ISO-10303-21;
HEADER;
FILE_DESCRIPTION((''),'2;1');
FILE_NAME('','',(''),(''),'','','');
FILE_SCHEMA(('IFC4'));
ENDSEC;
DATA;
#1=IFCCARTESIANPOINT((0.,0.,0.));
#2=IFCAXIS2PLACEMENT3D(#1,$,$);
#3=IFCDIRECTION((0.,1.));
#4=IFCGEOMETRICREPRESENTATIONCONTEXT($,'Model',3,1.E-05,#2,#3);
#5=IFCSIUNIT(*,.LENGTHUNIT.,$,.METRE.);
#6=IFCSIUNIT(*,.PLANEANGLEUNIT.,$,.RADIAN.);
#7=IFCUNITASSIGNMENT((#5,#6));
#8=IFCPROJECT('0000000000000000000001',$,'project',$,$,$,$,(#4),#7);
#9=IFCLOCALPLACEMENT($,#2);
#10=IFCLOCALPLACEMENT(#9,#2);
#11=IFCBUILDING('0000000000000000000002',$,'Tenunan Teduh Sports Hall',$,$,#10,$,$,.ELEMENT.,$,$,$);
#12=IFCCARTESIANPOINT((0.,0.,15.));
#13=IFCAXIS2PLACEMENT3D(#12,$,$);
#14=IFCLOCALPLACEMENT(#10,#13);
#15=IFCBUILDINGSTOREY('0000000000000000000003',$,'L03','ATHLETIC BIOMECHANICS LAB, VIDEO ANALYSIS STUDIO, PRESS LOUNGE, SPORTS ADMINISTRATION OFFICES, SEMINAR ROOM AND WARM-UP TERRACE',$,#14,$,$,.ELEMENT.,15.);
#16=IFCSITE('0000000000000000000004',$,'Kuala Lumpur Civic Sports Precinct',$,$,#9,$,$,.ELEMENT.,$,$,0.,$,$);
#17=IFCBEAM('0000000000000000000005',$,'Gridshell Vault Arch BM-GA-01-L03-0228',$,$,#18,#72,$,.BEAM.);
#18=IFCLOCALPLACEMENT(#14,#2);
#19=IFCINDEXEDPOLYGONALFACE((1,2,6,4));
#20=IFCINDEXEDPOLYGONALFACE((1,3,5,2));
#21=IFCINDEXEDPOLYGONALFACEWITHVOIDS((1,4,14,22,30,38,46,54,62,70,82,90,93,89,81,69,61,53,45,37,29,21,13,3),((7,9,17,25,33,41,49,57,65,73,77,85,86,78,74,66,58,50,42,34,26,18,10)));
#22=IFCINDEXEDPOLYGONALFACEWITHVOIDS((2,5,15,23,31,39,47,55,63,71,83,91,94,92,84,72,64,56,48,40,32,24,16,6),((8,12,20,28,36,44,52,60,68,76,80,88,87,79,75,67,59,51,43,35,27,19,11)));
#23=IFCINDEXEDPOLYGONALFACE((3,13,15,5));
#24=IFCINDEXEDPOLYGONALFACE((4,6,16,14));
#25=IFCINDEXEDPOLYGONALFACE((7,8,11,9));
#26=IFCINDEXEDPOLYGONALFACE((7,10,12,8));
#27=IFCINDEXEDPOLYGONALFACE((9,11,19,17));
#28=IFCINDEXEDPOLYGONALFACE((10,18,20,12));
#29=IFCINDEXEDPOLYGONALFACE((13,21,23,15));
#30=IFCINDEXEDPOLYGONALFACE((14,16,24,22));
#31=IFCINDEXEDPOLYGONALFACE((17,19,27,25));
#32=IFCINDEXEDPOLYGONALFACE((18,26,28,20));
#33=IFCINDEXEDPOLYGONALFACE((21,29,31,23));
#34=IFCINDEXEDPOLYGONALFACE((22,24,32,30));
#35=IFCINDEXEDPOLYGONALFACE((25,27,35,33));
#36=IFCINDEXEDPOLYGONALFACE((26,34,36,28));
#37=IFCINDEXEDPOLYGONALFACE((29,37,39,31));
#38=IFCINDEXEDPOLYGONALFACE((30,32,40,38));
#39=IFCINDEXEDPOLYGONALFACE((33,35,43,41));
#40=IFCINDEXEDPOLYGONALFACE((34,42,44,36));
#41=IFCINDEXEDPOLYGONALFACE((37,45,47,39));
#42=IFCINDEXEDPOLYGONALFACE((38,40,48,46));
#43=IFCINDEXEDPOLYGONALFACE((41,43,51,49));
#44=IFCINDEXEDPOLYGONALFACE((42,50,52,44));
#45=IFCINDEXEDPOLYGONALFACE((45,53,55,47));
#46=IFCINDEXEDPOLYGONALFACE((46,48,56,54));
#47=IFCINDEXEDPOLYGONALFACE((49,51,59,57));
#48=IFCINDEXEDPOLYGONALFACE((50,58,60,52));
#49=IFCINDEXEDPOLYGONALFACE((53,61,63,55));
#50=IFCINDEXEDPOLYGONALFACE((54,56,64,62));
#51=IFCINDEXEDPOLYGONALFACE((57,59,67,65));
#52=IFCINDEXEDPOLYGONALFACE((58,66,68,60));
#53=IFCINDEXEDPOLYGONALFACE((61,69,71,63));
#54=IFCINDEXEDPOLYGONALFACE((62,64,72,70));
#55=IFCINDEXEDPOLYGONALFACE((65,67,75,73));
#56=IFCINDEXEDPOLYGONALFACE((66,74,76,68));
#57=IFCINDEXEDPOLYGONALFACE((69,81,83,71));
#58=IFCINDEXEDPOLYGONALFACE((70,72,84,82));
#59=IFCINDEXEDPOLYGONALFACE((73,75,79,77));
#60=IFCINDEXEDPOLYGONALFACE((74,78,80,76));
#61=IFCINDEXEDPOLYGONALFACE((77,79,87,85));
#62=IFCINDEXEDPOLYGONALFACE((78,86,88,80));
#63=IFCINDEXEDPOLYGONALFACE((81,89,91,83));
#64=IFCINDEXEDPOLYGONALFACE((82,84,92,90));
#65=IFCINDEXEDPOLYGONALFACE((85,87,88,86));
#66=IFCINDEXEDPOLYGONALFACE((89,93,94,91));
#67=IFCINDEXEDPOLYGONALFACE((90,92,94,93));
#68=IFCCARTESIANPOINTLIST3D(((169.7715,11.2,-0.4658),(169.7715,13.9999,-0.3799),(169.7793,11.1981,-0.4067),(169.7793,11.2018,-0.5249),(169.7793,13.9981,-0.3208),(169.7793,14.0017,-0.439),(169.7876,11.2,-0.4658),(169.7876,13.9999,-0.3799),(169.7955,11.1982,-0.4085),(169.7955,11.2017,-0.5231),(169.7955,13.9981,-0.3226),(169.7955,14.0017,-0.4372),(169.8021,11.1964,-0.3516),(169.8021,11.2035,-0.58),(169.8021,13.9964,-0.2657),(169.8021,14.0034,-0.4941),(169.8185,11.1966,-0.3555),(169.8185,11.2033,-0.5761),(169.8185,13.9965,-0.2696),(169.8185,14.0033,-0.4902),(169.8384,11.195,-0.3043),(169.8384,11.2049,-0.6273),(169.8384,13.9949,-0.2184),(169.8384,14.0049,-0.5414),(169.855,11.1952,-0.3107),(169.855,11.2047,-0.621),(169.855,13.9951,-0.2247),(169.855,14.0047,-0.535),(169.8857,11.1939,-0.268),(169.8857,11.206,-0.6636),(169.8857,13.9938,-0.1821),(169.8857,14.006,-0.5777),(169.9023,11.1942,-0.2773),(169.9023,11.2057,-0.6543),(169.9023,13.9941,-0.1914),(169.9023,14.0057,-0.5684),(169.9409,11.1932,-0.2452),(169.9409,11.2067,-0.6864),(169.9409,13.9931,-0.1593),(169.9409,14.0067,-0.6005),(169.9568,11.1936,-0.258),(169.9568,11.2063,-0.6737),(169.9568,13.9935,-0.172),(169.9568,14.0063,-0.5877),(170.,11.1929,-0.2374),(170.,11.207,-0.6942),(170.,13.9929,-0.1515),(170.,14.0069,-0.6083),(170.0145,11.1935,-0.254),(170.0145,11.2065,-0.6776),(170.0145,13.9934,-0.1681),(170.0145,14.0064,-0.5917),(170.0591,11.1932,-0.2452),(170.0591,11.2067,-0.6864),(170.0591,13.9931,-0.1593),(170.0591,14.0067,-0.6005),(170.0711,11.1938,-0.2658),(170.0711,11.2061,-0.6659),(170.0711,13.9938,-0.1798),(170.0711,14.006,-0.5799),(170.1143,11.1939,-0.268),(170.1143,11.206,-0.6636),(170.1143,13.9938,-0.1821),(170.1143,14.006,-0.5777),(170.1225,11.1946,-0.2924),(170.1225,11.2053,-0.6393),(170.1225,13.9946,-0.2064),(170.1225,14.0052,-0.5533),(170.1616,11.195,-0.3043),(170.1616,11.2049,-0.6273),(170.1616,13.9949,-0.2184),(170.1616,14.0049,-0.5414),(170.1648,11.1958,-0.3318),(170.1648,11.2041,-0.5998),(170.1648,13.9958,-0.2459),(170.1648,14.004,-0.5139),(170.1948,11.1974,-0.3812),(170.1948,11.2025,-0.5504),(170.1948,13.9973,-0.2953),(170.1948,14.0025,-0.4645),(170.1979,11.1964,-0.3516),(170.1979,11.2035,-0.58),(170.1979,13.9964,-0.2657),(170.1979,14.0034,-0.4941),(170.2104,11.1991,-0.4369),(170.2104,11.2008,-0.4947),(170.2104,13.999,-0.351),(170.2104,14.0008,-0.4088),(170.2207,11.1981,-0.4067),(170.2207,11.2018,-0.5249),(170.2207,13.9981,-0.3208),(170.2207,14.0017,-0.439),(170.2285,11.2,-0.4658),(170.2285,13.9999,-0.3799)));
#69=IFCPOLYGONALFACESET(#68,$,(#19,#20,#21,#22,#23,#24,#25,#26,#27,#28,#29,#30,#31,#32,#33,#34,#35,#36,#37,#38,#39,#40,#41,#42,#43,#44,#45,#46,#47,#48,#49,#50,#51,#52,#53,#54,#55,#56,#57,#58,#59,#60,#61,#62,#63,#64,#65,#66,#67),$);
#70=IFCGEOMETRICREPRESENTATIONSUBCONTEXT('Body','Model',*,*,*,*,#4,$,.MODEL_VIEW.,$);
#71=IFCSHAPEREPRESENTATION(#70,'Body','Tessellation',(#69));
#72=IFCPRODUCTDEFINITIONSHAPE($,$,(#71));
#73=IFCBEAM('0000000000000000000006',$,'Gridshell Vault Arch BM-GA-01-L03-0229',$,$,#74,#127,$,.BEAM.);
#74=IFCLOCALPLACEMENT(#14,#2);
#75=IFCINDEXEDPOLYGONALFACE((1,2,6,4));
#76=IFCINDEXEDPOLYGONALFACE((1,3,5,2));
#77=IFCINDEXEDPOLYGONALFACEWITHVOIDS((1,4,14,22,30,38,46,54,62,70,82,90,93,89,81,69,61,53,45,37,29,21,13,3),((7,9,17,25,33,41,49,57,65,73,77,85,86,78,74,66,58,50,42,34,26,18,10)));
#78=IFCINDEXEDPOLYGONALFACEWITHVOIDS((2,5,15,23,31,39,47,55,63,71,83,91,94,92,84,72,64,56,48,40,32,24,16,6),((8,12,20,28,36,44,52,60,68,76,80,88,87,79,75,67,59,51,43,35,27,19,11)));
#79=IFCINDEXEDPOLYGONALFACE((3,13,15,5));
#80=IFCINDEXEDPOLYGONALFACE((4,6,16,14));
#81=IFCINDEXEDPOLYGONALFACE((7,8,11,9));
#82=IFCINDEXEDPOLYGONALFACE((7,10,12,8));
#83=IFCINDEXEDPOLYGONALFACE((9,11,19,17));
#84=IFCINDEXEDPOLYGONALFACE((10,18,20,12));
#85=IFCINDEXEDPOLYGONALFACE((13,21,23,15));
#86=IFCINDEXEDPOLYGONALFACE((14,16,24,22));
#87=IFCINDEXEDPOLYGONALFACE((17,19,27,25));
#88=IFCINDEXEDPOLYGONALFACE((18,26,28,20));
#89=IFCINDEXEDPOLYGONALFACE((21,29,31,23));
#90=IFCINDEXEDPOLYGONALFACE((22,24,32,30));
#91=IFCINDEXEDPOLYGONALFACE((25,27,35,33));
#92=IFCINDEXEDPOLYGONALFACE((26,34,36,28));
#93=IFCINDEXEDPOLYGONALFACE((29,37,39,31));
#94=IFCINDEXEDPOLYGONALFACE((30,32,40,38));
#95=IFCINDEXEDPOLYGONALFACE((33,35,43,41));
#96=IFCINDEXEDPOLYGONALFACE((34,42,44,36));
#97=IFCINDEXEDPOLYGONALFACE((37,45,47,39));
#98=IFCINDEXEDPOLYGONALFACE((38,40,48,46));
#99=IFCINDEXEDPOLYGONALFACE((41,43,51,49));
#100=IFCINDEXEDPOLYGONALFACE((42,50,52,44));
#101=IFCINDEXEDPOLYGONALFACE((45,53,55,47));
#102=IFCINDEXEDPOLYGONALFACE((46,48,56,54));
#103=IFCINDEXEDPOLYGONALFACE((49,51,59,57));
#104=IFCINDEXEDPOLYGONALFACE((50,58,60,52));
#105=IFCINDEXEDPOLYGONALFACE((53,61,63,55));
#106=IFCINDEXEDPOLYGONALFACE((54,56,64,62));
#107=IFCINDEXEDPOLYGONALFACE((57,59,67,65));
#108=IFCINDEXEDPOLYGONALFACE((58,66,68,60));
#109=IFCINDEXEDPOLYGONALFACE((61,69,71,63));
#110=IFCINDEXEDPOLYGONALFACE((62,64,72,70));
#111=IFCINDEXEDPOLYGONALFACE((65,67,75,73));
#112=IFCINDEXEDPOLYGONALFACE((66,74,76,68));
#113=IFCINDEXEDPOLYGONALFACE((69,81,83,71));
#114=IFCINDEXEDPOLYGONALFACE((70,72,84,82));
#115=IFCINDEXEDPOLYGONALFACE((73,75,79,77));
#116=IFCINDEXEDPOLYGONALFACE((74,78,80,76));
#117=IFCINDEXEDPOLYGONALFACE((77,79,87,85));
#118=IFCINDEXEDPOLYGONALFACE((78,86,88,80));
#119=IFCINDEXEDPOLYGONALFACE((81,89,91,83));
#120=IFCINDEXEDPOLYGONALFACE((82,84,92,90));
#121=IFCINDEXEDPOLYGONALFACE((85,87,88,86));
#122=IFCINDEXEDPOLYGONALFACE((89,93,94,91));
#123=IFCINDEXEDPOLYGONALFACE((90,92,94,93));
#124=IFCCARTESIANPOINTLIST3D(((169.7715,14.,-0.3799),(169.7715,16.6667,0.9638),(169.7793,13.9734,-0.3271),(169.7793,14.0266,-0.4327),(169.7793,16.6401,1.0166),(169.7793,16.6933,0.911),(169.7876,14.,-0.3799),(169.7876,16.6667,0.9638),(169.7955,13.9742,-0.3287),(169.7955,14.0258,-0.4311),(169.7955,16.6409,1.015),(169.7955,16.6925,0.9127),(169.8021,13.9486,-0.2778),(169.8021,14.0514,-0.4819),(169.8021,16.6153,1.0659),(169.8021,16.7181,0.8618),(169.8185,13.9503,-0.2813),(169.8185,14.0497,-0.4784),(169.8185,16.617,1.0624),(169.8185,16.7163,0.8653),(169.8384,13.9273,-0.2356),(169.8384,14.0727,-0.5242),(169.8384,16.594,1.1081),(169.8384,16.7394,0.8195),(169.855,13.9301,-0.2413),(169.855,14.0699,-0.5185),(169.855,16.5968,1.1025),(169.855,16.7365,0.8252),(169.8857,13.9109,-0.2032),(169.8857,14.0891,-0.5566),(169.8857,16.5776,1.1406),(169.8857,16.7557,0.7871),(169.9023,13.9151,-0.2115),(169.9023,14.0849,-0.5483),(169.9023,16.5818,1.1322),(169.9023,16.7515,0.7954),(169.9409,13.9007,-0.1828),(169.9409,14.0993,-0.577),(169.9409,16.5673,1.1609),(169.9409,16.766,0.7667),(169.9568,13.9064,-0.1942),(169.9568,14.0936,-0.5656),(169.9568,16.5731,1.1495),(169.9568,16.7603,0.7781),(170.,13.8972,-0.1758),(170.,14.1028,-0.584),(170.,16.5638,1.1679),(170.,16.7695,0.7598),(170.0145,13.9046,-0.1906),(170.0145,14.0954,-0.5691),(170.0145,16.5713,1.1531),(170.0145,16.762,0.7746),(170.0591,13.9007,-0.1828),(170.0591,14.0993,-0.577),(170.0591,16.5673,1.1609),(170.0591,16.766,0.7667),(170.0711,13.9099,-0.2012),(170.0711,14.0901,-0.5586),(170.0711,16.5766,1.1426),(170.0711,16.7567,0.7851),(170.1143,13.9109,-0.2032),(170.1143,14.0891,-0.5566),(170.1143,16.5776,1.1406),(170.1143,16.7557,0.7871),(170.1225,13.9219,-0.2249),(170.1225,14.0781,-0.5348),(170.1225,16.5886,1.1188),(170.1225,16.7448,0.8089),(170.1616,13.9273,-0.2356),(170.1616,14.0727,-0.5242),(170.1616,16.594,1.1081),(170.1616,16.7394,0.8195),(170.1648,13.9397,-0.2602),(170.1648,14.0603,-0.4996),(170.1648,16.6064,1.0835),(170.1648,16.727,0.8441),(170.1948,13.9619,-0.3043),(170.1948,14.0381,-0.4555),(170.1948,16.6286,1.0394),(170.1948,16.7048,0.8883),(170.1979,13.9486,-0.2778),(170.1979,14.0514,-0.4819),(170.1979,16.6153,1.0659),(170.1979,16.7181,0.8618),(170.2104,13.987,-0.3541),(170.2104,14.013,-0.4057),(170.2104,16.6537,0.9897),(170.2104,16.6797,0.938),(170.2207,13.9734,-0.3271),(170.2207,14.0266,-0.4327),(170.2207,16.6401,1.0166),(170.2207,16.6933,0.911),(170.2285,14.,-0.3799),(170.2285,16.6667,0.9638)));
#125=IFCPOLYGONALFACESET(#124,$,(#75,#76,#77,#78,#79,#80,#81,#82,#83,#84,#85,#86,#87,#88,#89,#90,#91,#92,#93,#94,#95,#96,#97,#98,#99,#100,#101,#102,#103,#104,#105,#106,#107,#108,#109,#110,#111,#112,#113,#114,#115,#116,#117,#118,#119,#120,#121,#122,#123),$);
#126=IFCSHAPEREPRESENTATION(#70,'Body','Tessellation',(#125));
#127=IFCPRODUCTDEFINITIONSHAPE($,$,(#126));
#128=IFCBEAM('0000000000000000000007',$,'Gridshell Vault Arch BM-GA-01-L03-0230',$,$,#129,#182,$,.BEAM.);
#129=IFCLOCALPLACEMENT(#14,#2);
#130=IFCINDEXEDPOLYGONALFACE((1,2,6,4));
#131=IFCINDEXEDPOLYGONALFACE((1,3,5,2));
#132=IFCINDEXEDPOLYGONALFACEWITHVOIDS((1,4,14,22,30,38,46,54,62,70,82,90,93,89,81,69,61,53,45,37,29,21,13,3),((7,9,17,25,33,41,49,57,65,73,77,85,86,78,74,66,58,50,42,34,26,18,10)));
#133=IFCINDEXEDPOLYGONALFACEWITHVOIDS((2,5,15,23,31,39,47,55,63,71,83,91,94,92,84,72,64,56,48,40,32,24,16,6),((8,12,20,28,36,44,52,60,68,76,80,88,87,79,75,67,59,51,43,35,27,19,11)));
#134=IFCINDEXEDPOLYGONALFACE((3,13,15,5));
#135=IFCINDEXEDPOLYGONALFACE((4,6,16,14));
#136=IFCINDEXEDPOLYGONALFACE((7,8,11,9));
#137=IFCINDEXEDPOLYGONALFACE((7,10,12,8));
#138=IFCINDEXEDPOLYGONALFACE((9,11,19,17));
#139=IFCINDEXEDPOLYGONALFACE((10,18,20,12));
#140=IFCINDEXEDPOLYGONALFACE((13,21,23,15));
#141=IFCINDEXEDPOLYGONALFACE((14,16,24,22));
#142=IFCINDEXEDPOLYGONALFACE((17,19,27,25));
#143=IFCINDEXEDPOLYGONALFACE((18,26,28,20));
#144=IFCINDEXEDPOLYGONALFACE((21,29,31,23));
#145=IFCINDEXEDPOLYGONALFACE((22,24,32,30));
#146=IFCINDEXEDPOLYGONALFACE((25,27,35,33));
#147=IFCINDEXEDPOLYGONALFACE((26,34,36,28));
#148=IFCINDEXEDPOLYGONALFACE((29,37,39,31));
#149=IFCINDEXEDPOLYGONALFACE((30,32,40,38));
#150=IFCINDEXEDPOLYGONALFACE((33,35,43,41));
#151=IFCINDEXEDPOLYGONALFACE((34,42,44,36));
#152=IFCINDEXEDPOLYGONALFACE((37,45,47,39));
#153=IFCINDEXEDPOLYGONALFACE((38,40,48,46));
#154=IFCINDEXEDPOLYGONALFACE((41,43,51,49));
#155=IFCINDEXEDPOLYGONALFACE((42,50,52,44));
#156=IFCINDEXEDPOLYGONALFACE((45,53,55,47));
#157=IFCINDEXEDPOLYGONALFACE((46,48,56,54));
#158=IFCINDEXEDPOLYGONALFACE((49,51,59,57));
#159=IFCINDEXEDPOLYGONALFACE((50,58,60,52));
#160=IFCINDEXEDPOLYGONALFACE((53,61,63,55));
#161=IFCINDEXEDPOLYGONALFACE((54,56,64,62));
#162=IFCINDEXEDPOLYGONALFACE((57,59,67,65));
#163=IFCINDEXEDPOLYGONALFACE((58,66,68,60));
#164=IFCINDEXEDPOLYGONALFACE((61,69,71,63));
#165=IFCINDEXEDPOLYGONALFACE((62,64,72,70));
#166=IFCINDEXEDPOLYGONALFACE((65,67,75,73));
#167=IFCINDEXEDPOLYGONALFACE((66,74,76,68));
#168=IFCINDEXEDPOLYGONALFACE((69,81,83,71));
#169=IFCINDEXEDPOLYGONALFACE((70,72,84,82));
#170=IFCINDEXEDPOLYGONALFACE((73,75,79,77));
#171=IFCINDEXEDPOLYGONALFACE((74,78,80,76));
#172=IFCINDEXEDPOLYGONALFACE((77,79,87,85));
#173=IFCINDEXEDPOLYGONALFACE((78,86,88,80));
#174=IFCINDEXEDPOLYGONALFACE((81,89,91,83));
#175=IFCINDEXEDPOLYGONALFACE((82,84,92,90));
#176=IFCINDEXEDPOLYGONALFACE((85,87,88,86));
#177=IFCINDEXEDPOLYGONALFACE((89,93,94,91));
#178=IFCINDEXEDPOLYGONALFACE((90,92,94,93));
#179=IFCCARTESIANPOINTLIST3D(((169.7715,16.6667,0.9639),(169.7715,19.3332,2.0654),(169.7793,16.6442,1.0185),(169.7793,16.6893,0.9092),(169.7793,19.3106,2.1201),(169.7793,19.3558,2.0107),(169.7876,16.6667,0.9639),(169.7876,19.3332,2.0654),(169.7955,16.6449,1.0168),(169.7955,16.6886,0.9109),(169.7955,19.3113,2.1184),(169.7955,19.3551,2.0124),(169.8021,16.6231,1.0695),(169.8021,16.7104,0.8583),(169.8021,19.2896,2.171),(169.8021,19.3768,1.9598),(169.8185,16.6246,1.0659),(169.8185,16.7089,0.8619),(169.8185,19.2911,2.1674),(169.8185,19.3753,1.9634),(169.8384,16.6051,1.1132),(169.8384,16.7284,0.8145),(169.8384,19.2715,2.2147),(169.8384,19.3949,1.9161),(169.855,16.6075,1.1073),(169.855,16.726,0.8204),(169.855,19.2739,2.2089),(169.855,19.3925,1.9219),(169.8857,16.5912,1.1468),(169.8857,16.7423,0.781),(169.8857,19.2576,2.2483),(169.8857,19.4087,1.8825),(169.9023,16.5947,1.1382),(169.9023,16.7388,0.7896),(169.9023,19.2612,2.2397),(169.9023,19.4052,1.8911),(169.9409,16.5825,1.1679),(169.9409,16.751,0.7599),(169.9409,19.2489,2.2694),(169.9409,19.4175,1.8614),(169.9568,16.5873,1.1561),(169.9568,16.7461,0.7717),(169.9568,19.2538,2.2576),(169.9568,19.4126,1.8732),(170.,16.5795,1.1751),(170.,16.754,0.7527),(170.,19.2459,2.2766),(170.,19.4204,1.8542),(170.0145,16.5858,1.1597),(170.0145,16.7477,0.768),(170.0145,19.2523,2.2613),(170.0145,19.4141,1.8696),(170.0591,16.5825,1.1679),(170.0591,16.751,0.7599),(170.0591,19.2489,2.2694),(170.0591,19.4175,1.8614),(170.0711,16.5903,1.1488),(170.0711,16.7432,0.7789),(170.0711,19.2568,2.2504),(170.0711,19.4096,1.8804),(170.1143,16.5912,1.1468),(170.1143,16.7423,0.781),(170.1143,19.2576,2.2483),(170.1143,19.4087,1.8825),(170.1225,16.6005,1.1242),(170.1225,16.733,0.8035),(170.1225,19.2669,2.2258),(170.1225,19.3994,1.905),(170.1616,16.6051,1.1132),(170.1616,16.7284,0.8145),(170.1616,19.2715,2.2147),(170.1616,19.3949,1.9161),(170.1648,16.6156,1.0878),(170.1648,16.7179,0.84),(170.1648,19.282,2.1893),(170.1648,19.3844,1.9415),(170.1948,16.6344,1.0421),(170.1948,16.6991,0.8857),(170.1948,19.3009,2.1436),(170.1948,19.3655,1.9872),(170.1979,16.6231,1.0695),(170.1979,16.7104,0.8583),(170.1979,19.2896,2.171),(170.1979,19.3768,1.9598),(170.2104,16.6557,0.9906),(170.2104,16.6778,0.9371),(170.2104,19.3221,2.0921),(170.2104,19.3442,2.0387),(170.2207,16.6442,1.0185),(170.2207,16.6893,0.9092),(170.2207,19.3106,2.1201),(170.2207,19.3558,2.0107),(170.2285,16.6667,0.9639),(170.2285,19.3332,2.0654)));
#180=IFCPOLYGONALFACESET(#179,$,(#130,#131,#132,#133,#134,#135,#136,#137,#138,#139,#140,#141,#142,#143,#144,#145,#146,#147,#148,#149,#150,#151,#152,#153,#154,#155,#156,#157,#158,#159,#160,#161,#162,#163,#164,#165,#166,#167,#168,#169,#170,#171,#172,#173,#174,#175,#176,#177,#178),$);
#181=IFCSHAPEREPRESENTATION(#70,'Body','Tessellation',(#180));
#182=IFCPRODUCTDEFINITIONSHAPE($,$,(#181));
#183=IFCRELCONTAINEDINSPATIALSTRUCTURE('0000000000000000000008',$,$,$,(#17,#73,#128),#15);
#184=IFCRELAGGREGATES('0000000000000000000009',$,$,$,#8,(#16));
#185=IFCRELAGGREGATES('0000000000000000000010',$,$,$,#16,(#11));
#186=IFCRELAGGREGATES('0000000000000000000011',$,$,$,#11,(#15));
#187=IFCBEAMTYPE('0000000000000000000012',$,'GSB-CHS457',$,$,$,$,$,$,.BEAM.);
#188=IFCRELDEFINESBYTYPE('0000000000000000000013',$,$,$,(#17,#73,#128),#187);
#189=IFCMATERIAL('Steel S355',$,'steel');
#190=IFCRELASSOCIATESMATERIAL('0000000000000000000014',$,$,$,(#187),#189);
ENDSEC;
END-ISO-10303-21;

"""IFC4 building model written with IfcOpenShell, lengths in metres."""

from ifc_helpers import new_model, si_unit, direction, frame, origin, origin_2d, place, context, subcontext, project, spatial, hollow_circle, extrude, material, material_profile, profile_set, type_object, element, save


model = new_model("IFC4")

# Units and contexts
model_context = context("Model", 3, precision=1e-05, world=origin(), true_north=direction((0.0, 1.0)))
body_context = subcontext(model_context, "Body", "Model", "MODEL_VIEW")
ifc_project = project(units=[si_unit("LENGTHUNIT", "METRE"), si_unit("PLANEANGLEUNIT", "RADIAN")], contexts=[model_context])

# Site, building, storey
site_placement = place(None, origin())
site = spatial("IfcSite", under=ifc_project, at=site_placement, Name="Kuala Lumpur Civic Sports Precinct", CompositionType="ELEMENT", RefElevation=0.0)
building_placement = place(site_placement, origin())
building = spatial("IfcBuilding", under=site, at=building_placement, Name="Tenunan Teduh Sports Hall", CompositionType="ELEMENT")
storey_placement = place(building_placement, frame((0.0, 0.0, 15.0)))
storey = spatial("IfcBuildingStorey", under=building, at=storey_placement, Name="L03", Description="ATHLETIC BIOMECHANICS LAB, VIDEO ANALYSIS STUDIO, PRESS LOUNGE, SPORTS ADMINISTRATION OFFICES, SEMINAR ROOM AND WARM-UP TERRACE", CompositionType="ELEMENT", Elevation=15.0)

# Beams
ifc_material_1 = material(Name="Steel S355", Category="steel")
ifc_material_profile_1 = material_profile(ifc_material_1, hollow_circle(Radius=0.2285, WallThickness=0.0161, at=origin_2d()), Name="CHS 457.0x16.0")
ifc_profile_set_1 = profile_set([ifc_material_profile_1], Name="Steel S355")
beam_type_1 = type_object("IfcBeamType", Name="GSB-CHS457", PredefinedType="BEAM", material=ifc_profile_set_1)
beam_1_placement = place(storey_placement, frame((170.0, 11.2, -0.4658), z_axis=(0.0, 0.999529, 0.030677), x_axis=(-1.0, 0.0, 0.0)))
element("IfcBeam", 1, at=beam_1_placement, inside=storey, type_object=beam_type_1, Name="Gridshell Vault Arch BM-GA-01-L03-0228", PredefinedType="BEAM", context=body_context, shape_type="SweptSolid", body=[
    extrude(hollow_circle(Radius=0.2285, WallThickness=0.0161, at=origin_2d()), origin(), (0.0, 0.0, 1.0), 2.8013),
])
beam_2_placement = place(storey_placement, frame((170.0, 14.0, -0.3799), z_axis=(0.0, 0.893033, 0.449991), x_axis=(-1.0, 0.0, 0.0)))
element("IfcBeam", 2, at=beam_2_placement, inside=storey, type_object=beam_type_1, Name="Gridshell Vault Arch BM-GA-01-L03-0229", PredefinedType="BEAM", context=body_context, shape_type="SweptSolid", body=[
    extrude(hollow_circle(Radius=0.2285, WallThickness=0.0161, at=origin_2d()), origin(), (0.0, 0.0, 1.0), 2.9861),
])
beam_3_placement = place(storey_placement, frame((170.0, 16.6667, 0.9639), z_axis=(0.0, 0.924239, 0.381814), x_axis=(-1.0, 0.0, 0.0)))
element("IfcBeam", 3, at=beam_3_placement, inside=storey, type_object=beam_type_1, Name="Gridshell Vault Arch BM-GA-01-L03-0230", PredefinedType="BEAM", context=body_context, shape_type="SweptSolid", body=[
    extrude(hollow_circle(Radius=0.2285, WallThickness=0.0161, at=origin_2d()), origin(), (0.0, 0.0, 1.0), 2.885),
])

save(model, "model.ifc")
